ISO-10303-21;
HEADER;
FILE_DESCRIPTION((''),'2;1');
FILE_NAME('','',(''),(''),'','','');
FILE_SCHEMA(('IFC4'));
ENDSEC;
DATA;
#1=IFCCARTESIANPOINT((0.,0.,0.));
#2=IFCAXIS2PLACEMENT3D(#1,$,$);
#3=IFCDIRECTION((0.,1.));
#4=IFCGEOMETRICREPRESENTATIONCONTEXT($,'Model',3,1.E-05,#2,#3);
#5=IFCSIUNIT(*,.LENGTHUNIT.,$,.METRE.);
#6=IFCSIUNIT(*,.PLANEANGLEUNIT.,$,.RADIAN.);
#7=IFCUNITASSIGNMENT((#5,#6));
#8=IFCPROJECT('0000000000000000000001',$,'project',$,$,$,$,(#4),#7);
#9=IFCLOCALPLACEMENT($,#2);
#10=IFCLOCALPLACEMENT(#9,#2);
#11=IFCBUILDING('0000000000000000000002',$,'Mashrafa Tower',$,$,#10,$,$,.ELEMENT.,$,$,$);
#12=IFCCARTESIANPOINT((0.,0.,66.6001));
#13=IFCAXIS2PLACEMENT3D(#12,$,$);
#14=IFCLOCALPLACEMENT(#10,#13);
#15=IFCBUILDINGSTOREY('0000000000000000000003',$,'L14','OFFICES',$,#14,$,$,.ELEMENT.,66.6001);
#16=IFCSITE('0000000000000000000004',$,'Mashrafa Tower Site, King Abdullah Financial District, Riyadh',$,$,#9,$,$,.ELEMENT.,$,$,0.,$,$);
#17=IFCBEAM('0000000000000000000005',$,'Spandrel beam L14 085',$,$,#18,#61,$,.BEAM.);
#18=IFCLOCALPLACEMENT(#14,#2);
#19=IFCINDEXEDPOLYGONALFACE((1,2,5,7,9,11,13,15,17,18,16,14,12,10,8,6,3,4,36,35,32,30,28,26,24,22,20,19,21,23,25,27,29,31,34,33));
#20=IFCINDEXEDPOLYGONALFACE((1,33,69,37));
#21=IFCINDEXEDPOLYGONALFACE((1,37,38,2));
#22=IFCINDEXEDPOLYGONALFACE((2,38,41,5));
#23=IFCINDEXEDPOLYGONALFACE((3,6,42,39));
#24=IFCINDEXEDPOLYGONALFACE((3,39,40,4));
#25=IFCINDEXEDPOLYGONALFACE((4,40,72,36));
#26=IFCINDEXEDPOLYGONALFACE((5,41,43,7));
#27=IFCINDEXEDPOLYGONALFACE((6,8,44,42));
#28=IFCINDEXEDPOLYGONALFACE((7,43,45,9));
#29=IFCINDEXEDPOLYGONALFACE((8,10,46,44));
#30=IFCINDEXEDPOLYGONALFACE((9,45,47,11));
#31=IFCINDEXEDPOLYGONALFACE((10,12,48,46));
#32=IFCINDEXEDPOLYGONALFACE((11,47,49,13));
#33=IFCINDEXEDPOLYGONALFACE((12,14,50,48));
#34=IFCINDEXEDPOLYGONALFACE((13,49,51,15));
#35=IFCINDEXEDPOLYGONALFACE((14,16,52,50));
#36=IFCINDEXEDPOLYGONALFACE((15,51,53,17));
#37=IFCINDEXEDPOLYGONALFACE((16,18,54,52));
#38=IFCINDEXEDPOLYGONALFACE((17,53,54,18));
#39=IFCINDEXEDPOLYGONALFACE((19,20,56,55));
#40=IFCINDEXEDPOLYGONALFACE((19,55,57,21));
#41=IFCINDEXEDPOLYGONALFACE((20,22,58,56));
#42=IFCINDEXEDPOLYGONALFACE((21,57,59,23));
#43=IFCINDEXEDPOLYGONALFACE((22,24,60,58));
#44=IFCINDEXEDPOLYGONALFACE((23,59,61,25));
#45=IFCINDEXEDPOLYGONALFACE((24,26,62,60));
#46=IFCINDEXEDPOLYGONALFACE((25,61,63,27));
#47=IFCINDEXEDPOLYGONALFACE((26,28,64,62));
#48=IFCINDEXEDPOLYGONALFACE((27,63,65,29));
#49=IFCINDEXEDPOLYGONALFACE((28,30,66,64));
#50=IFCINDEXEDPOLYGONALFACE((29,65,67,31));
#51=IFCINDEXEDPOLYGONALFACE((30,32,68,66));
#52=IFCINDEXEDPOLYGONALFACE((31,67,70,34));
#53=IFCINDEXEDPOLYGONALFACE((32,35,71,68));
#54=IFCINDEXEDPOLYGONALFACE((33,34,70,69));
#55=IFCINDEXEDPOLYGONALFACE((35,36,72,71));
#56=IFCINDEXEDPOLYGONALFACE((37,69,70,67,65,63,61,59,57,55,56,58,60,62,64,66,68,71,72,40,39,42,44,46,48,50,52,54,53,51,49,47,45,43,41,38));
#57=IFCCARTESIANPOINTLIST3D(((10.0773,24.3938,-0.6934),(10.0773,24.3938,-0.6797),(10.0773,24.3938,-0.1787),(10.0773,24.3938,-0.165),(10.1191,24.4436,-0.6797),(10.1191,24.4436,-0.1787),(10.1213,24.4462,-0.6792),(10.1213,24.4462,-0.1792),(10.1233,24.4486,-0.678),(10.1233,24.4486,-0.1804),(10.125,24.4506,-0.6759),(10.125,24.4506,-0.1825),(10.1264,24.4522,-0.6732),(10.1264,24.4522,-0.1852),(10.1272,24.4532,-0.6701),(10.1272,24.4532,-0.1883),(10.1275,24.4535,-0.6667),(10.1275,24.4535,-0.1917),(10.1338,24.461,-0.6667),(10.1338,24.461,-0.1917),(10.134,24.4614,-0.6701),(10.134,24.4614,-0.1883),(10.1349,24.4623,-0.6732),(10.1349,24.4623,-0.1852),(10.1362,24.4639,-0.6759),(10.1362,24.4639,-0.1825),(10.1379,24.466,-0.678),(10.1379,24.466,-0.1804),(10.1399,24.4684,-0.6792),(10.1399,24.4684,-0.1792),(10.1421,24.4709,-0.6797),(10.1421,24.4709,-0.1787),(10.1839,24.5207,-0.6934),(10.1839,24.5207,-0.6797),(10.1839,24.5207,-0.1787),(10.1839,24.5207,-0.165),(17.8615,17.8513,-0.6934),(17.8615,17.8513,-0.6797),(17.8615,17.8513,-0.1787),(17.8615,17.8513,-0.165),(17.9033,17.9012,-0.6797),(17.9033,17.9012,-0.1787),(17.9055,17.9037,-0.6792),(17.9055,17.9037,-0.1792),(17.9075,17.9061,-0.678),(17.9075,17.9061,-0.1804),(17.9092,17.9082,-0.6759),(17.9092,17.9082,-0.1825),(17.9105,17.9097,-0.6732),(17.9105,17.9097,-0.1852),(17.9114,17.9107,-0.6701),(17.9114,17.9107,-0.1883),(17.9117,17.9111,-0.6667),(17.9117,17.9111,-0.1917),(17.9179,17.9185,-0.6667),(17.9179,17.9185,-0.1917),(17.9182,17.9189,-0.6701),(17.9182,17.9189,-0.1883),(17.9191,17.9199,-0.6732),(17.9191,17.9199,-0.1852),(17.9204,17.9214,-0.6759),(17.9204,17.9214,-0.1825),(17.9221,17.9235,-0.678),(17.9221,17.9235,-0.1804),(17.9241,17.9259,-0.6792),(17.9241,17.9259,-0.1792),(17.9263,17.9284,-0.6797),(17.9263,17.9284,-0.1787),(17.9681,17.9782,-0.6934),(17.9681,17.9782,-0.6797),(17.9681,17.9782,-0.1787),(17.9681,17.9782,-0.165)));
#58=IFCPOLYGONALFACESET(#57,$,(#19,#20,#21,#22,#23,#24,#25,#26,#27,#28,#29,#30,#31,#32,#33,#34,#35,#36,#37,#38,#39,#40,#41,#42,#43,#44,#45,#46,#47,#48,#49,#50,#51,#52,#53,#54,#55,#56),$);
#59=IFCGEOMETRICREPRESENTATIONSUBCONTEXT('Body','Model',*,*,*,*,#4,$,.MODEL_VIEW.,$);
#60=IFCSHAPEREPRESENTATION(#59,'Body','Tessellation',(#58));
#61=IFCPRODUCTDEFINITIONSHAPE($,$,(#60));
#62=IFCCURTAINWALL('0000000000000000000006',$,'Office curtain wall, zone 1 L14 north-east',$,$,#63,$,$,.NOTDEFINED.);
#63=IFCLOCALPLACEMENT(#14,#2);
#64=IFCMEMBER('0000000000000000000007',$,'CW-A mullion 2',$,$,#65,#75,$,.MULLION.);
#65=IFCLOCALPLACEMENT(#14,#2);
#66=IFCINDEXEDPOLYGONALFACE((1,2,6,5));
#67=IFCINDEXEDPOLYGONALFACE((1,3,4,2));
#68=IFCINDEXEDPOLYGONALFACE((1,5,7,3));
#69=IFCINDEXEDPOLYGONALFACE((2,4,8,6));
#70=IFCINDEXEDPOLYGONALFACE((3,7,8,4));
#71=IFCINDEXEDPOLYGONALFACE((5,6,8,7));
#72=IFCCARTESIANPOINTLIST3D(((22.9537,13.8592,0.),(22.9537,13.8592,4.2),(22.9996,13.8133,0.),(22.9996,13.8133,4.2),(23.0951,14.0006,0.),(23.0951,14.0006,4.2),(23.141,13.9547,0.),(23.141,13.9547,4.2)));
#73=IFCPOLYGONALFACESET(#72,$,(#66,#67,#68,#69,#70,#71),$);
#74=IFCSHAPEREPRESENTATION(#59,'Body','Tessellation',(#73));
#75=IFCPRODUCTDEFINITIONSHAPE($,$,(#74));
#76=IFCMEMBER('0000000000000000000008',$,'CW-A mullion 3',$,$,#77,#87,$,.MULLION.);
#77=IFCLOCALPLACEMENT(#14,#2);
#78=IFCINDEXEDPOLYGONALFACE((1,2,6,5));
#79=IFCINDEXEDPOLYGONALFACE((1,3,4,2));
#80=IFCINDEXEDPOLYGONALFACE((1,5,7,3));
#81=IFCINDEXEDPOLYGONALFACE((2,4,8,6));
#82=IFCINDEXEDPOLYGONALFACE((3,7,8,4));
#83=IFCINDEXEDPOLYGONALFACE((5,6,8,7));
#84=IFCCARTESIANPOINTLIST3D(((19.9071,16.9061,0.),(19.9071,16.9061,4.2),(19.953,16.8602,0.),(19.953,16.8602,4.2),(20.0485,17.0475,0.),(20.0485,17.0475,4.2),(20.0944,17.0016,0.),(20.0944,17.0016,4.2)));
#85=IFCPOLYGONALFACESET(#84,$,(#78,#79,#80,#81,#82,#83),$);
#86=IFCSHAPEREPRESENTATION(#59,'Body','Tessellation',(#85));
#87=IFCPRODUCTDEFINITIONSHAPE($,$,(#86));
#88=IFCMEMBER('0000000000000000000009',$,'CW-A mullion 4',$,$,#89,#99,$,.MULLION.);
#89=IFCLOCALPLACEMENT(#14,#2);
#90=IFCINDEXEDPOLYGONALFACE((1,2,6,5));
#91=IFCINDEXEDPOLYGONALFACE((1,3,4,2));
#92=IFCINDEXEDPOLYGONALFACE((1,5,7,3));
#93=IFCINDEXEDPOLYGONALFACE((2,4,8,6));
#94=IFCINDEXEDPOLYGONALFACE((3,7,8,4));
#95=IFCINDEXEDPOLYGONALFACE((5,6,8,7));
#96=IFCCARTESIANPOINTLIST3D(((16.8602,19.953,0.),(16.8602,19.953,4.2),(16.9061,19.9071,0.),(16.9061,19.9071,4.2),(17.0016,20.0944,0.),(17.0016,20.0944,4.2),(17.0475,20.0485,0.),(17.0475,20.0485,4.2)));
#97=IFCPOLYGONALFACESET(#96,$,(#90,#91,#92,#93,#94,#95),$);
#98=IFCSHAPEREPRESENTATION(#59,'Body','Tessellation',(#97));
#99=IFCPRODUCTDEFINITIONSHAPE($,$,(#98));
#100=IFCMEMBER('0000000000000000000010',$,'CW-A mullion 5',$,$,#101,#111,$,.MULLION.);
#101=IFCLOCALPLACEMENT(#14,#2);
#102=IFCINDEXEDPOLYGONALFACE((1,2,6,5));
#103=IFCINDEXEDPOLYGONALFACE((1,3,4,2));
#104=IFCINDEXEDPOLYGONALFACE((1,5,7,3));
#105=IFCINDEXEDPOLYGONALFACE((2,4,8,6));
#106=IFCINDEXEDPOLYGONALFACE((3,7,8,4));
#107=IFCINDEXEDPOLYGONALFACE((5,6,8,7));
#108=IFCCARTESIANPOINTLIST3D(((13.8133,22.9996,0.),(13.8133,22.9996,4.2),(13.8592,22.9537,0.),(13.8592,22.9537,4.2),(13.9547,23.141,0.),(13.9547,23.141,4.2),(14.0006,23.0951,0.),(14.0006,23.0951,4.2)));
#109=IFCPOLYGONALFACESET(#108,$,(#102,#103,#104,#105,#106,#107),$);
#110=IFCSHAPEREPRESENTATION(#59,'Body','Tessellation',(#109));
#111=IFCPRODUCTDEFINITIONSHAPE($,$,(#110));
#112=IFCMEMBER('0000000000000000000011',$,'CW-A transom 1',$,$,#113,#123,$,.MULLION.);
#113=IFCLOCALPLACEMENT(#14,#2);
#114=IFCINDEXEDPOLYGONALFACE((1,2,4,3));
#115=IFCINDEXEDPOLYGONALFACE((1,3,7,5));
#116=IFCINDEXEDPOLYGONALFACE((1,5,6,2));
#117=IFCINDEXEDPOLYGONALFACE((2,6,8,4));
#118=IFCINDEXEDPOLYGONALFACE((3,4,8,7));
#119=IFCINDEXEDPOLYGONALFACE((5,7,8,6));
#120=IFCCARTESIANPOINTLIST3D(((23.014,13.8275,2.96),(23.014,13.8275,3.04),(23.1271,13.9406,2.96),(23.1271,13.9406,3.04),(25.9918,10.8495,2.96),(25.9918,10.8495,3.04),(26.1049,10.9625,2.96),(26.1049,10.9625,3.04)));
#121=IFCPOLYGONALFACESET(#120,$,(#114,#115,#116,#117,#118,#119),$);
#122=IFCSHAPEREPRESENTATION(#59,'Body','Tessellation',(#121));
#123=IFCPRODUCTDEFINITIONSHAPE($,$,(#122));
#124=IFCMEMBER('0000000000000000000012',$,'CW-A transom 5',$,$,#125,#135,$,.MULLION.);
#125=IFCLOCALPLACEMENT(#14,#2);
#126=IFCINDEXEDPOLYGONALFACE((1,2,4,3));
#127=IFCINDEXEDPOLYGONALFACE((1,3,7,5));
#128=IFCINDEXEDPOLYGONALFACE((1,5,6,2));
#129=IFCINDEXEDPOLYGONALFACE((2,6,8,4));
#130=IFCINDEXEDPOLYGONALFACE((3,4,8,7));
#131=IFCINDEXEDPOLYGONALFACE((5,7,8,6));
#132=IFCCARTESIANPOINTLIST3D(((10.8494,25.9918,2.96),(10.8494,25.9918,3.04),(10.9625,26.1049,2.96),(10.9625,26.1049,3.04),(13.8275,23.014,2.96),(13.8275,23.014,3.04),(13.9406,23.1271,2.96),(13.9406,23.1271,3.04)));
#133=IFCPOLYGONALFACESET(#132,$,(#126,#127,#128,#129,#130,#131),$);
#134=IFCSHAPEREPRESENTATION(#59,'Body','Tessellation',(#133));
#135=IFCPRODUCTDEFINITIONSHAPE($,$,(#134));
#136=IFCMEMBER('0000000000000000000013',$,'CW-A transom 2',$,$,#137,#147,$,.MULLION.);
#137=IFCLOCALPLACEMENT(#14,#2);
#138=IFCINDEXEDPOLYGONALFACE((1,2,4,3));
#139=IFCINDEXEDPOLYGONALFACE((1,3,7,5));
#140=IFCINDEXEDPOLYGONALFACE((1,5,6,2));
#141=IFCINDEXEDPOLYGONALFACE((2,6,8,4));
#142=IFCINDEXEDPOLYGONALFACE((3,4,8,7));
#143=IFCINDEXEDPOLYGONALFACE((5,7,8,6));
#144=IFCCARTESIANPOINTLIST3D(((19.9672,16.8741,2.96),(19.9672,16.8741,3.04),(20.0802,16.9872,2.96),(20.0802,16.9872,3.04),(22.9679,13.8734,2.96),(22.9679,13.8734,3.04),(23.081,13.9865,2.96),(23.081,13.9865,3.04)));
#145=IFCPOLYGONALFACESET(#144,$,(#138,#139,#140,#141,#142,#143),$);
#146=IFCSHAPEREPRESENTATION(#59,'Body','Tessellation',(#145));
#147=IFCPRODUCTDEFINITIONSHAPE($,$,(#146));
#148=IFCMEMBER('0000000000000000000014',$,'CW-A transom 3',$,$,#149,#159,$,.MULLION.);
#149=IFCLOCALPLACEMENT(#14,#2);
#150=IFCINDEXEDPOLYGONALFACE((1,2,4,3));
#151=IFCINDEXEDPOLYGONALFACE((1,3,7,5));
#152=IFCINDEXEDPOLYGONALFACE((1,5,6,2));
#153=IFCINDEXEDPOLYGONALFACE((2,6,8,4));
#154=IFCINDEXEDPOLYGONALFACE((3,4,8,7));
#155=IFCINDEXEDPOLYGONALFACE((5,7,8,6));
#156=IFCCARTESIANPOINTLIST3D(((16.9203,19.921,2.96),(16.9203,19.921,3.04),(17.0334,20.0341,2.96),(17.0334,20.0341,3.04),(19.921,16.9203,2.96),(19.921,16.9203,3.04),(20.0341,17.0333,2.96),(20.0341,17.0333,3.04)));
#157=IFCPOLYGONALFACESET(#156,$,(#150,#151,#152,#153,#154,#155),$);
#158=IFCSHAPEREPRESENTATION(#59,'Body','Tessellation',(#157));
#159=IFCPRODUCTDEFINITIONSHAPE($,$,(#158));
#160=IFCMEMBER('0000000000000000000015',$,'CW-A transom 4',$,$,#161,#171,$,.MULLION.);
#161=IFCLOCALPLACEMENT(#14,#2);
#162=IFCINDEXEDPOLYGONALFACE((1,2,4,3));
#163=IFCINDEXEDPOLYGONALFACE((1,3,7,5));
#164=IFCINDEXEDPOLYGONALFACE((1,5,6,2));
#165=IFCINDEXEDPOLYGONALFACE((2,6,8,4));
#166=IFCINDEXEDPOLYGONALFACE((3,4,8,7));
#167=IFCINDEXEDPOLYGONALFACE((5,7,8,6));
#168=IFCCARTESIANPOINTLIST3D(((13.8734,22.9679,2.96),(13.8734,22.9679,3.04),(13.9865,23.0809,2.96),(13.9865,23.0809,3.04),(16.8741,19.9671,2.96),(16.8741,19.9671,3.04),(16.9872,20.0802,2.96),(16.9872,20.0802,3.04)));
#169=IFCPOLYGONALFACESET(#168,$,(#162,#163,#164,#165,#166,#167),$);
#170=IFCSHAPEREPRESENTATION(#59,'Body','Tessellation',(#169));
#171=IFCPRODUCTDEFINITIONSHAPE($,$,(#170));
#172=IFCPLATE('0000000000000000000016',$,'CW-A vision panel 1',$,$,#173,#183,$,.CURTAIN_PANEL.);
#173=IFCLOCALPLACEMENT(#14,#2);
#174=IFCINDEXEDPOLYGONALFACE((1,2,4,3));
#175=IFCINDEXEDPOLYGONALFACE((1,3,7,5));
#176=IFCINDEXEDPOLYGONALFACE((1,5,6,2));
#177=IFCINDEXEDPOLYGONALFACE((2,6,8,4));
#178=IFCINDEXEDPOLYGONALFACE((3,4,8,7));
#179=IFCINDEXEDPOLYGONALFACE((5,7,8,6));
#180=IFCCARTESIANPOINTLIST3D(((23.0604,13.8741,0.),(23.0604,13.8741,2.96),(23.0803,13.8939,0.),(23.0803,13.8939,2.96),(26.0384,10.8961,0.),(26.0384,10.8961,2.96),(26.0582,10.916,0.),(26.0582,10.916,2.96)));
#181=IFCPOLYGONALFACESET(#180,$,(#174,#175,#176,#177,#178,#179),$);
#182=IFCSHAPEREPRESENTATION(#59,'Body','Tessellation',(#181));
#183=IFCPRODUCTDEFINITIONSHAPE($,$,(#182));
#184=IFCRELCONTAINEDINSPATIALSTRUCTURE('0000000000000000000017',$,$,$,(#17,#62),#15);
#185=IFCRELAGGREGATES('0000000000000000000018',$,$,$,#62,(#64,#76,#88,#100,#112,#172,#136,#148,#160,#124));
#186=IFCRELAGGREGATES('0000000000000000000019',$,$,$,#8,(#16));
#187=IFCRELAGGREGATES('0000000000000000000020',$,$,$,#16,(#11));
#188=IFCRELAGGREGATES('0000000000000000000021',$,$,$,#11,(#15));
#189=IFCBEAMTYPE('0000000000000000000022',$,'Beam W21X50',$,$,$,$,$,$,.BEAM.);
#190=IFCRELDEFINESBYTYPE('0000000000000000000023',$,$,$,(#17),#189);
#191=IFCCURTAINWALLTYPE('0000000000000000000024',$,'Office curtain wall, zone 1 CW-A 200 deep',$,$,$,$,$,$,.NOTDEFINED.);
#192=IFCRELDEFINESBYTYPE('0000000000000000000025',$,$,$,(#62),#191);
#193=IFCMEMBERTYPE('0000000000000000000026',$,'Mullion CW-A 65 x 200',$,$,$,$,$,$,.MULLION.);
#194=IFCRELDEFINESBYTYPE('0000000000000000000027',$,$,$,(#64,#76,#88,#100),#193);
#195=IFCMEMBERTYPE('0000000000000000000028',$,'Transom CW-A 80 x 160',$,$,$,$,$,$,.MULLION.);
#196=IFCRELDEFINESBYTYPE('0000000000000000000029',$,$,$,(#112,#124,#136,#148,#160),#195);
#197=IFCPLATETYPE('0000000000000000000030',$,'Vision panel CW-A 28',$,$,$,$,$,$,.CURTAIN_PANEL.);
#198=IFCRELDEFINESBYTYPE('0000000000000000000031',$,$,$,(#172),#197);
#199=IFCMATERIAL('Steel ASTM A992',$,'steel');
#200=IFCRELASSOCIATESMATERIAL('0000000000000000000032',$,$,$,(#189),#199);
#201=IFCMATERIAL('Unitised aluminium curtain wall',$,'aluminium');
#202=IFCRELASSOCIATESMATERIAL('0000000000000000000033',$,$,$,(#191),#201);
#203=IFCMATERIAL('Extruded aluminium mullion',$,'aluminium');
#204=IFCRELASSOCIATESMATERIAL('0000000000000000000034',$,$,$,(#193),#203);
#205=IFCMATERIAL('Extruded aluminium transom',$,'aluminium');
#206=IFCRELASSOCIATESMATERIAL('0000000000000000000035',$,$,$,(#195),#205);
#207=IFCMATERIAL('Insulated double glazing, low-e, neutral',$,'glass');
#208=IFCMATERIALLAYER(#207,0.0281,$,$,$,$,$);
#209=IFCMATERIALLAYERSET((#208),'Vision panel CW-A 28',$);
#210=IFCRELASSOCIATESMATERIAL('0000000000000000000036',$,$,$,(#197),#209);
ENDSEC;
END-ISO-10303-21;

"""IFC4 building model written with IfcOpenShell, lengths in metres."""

from ifc_helpers import new_model, si_unit, direction, frame, origin, origin_2d, place, context, subcontext, project, spatial, rectangle, i_section, extrude, source, transform, mapped, material, layer, layer_set, material_profile, profile_set, type_object, type_shapes, element, aggregate, save


model = new_model("IFC4")

# Units and contexts
model_context = context("Model", 3, precision=1e-05, world=origin(), true_north=direction((0.0, 1.0)))
body_context = subcontext(model_context, "Body", "Model", "MODEL_VIEW")
ifc_project = project(units=[si_unit("LENGTHUNIT", "METRE"), si_unit("PLANEANGLEUNIT", "RADIAN")], contexts=[model_context])

# Site, building, storey
site_placement = place(None, origin())
site = spatial("IfcSite", under=ifc_project, at=site_placement, Name="Mashrafa Tower Site, King Abdullah Financial District, Riyadh", CompositionType="ELEMENT", RefElevation=0.0)
building_placement = place(site_placement, origin())
building = spatial("IfcBuilding", under=site, at=building_placement, Name="Mashrafa Tower", CompositionType="ELEMENT")
storey_placement = place(building_placement, frame((0.0, 0.0, 66.6001)))
storey = spatial("IfcBuildingStorey", under=building, at=storey_placement, Name="L14", Description="OFFICES", CompositionType="ELEMENT", Elevation=66.6001)

# Beam
ifc_material_1 = material(Name="Steel ASTM A992", Category="steel")
ifc_material_profile_1 = material_profile(ifc_material_1, i_section(OverallWidth=0.1658, OverallDepth=0.5283, WebThickness=0.0098, FlangeThickness=0.0137, FilletRadius=0.0129, at=origin_2d()), Name="W21X50")
ifc_profile_set_1 = profile_set([ifc_material_profile_1], Name="Steel ASTM A992")
beam_type_1 = type_object("IfcBeamType", Name="Beam W21X50", PredefinedType="BEAM", material=ifc_profile_set_1)
beam_1_placement = place(storey_placement, frame((17.9148, 17.9148, -0.4292), z_axis=(-0.765522, 0.643409, 0.0), x_axis=(-0.643409, -0.765522, 0.0)))
element("IfcBeam", 1, at=beam_1_placement, inside=storey, type_object=beam_type_1, Name="Spandrel beam L14 085", PredefinedType="BEAM", context=body_context, shape_type="SweptSolid", body=[
    extrude(i_section(OverallWidth=0.1658, OverallDepth=0.5283, WebThickness=0.0098, FlangeThickness=0.0137, FilletRadius=0.0129, at=origin_2d()), origin(), (0.0, 0.0, 1.0), 10.1685),
])

# Curtain wall, members, plate
ifc_material_2 = material(Name="Unitised aluminium curtain wall", Category="aluminium")
curtain_wall_type = type_object("IfcCurtainWallType", Name="Office curtain wall, zone 1 CW-A 200 deep", PredefinedType="NOTDEFINED", material=ifc_material_2)
curtain_wall_placement = place(storey_placement, origin())
curtain_wall = element("IfcCurtainWall", 2, at=curtain_wall_placement, inside=storey, type_object=curtain_wall_type, Name="Office curtain wall, zone 1 L14 north-east", PredefinedType="NOTDEFINED")
ifc_material_3 = material(Name="Extruded aluminium mullion", Category="aluminium")
ifc_material_profile_2 = material_profile(ifc_material_3, rectangle(XDim=0.2, YDim=0.0649, at=origin_2d()), Name="Mullion 65x200")
ifc_profile_set_2 = profile_set([ifc_material_profile_2], Name="Extruded aluminium mullion")
member_type_1 = type_object("IfcMemberType", Name="Mullion CW-A 65 x 200", PredefinedType="MULLION", material=ifc_profile_set_2)
shared_shape_1 = source(origin(), body_context, "Body", "SweptSolid", [
    extrude(rectangle(XDim=0.2, YDim=0.0649, at=origin_2d()), origin(), (0.0, 0.0, 1.0), 4.2),
])
type_shapes(member_type_1, [shared_shape_1])
member_1_placement = place(storey_placement, frame((23.0474, 13.907, 0.0), z_axis=(0.0, 0.0, 1.0), x_axis=(-0.707107, -0.707107, 0.0)))
member_1 = element("IfcMember", 3, at=member_1_placement, type_object=member_type_1, Name="CW-A mullion 2", PredefinedType="MULLION", context=body_context, shape_type="MappedRepresentation", body=[
    mapped(shared_shape_1, transform((0.0, 0.0, 0.0))),
])
member_2_placement = place(storey_placement, frame((20.0007, 16.9539, 0.0), z_axis=(0.0, 0.0, 1.0), x_axis=(-0.707107, -0.707107, 0.0)))
member_2 = element("IfcMember", 4, at=member_2_placement, type_object=member_type_1, Name="CW-A mullion 3", PredefinedType="MULLION", context=body_context, shape_type="MappedRepresentation", body=[
    mapped(shared_shape_1, transform((0.0, 0.0, 0.0))),
])
member_3_placement = place(storey_placement, frame((16.9539, 20.0007, 0.0), z_axis=(0.0, 0.0, 1.0), x_axis=(-0.707107, -0.707107, 0.0)))
member_3 = element("IfcMember", 5, at=member_3_placement, type_object=member_type_1, Name="CW-A mullion 4", PredefinedType="MULLION", context=body_context, shape_type="MappedRepresentation", body=[
    mapped(shared_shape_1, transform((0.0, 0.0, 0.0))),
])
member_4_placement = place(storey_placement, frame((13.907, 23.0474, 0.0), z_axis=(0.0, 0.0, 1.0), x_axis=(-0.707107, -0.707107, 0.0)))
member_4 = element("IfcMember", 6, at=member_4_placement, type_object=member_type_1, Name="CW-A mullion 5", PredefinedType="MULLION", context=body_context, shape_type="MappedRepresentation", body=[
    mapped(shared_shape_1, transform((0.0, 0.0, 0.0))),
])
ifc_material_4 = material(Name="Extruded aluminium transom", Category="aluminium")
ifc_material_profile_3 = material_profile(ifc_material_4, rectangle(XDim=0.1599, YDim=0.0801, at=origin_2d()), Name="Transom 80x160")
ifc_profile_set_3 = profile_set([ifc_material_profile_3], Name="Extruded aluminium transom")
member_type_2 = type_object("IfcMemberType", Name="Transom CW-A 80 x 160", PredefinedType="MULLION", material=ifc_profile_set_3)
shared_shape_2 = source(origin(), body_context, "Body", "SweptSolid", [
    extrude(rectangle(XDim=0.1599, YDim=0.0801, at=origin_2d()), origin(), (0.0, 0.0, 1.0), 4.2114),
])
member_5_placement = place(storey_placement, frame((26.0483, 10.906, 3.0), z_axis=(-0.707078, 0.707136, 0.0), x_axis=(-0.707136, -0.707078, 0.0)))
member_5 = element("IfcMember", 7, at=member_5_placement, type_object=member_type_2, Name="CW-A transom 1", PredefinedType="MULLION", context=body_context, shape_type="MappedRepresentation", body=[
    mapped(shared_shape_2, transform((0.0, 0.0, 0.0))),
])
member_6_placement = place(storey_placement, frame((13.884, 23.0706, 3.0), z_axis=(-0.707136, 0.707078, 0.0), x_axis=(-0.707078, -0.707136, 0.0)))
member_6 = element("IfcMember", 8, at=member_6_placement, type_object=member_type_2, Name="CW-A transom 5", PredefinedType="MULLION", context=body_context, shape_type="MappedRepresentation", body=[
    mapped(shared_shape_2, transform((0.0, 0.0, 0.0))),
])
shared_shape_3 = source(origin(), body_context, "Body", "SweptSolid", [
    extrude(rectangle(XDim=0.1599, YDim=0.0801, at=origin_2d()), origin(), (0.0, 0.0, 1.0), 4.2437),
])
type_shapes(member_type_2, [shared_shape_2, shared_shape_3])
member_7_placement = place(storey_placement, frame((23.0244, 13.9299, 3.0), z_axis=(-0.707107, 0.707107, 0.0), x_axis=(-0.707107, -0.707107, 0.0)))
member_7 = element("IfcMember", 9, at=member_7_placement, type_object=member_type_2, Name="CW-A transom 2", PredefinedType="MULLION", context=body_context, shape_type="MappedRepresentation", body=[
    mapped(shared_shape_3, transform((0.0, 0.0, 0.0))),
])
member_8_placement = place(storey_placement, frame((19.9775, 16.9768, 3.0), z_axis=(-0.707107, 0.707107, 0.0), x_axis=(-0.707107, -0.707107, 0.0)))
member_8 = element("IfcMember", 10, at=member_8_placement, type_object=member_type_2, Name="CW-A transom 3", PredefinedType="MULLION", context=body_context, shape_type="MappedRepresentation", body=[
    mapped(shared_shape_3, transform((0.0, 0.0, 0.0))),
])
member_9_placement = place(storey_placement, frame((16.9307, 20.0237, 3.0), z_axis=(-0.707107, 0.707107, 0.0), x_axis=(-0.707107, -0.707107, 0.0)))
member_9 = element("IfcMember", 11, at=member_9_placement, type_object=member_type_2, Name="CW-A transom 4", PredefinedType="MULLION", context=body_context, shape_type="MappedRepresentation", body=[
    mapped(shared_shape_3, transform((0.0, 0.0, 0.0))),
])
ifc_material_5 = material(Name="Insulated double glazing, low-e, neutral", Category="glass")
ifc_layer_1 = layer(ifc_material_5, 0.0281)
ifc_layer_set_1 = layer_set([ifc_layer_1], Name="Vision panel CW-A 28")
plate_type_1 = type_object("IfcPlateType", Name="Vision panel CW-A 28", PredefinedType="CURTAIN_PANEL", material=ifc_layer_set_1)
shared_shape_4 = source(origin(), body_context, "Body", "SweptSolid", [
    extrude(rectangle(XDim=4.2114, YDim=0.0281, at=origin_2d()), origin(), (0.0, 0.0, 1.0), 2.96),
])
plate_1_placement = place(storey_placement, frame((24.5593, 12.395, 0.0), z_axis=(0.0, 0.0, 1.0), x_axis=(-0.707107, 0.707107, 0.0)))
plate_1 = element("IfcPlate", 12, at=plate_1_placement, type_object=plate_type_1, Name="CW-A vision panel 1", PredefinedType="CURTAIN_PANEL", context=body_context, shape_type="MappedRepresentation", body=[
    mapped(shared_shape_4, transform((0.0, 0.0, 0.0))),
])
aggregate(curtain_wall, [member_1, member_2, member_3, member_4, member_5, plate_1, member_7, member_8, member_9, member_6])

save(model, "model.ifc")
